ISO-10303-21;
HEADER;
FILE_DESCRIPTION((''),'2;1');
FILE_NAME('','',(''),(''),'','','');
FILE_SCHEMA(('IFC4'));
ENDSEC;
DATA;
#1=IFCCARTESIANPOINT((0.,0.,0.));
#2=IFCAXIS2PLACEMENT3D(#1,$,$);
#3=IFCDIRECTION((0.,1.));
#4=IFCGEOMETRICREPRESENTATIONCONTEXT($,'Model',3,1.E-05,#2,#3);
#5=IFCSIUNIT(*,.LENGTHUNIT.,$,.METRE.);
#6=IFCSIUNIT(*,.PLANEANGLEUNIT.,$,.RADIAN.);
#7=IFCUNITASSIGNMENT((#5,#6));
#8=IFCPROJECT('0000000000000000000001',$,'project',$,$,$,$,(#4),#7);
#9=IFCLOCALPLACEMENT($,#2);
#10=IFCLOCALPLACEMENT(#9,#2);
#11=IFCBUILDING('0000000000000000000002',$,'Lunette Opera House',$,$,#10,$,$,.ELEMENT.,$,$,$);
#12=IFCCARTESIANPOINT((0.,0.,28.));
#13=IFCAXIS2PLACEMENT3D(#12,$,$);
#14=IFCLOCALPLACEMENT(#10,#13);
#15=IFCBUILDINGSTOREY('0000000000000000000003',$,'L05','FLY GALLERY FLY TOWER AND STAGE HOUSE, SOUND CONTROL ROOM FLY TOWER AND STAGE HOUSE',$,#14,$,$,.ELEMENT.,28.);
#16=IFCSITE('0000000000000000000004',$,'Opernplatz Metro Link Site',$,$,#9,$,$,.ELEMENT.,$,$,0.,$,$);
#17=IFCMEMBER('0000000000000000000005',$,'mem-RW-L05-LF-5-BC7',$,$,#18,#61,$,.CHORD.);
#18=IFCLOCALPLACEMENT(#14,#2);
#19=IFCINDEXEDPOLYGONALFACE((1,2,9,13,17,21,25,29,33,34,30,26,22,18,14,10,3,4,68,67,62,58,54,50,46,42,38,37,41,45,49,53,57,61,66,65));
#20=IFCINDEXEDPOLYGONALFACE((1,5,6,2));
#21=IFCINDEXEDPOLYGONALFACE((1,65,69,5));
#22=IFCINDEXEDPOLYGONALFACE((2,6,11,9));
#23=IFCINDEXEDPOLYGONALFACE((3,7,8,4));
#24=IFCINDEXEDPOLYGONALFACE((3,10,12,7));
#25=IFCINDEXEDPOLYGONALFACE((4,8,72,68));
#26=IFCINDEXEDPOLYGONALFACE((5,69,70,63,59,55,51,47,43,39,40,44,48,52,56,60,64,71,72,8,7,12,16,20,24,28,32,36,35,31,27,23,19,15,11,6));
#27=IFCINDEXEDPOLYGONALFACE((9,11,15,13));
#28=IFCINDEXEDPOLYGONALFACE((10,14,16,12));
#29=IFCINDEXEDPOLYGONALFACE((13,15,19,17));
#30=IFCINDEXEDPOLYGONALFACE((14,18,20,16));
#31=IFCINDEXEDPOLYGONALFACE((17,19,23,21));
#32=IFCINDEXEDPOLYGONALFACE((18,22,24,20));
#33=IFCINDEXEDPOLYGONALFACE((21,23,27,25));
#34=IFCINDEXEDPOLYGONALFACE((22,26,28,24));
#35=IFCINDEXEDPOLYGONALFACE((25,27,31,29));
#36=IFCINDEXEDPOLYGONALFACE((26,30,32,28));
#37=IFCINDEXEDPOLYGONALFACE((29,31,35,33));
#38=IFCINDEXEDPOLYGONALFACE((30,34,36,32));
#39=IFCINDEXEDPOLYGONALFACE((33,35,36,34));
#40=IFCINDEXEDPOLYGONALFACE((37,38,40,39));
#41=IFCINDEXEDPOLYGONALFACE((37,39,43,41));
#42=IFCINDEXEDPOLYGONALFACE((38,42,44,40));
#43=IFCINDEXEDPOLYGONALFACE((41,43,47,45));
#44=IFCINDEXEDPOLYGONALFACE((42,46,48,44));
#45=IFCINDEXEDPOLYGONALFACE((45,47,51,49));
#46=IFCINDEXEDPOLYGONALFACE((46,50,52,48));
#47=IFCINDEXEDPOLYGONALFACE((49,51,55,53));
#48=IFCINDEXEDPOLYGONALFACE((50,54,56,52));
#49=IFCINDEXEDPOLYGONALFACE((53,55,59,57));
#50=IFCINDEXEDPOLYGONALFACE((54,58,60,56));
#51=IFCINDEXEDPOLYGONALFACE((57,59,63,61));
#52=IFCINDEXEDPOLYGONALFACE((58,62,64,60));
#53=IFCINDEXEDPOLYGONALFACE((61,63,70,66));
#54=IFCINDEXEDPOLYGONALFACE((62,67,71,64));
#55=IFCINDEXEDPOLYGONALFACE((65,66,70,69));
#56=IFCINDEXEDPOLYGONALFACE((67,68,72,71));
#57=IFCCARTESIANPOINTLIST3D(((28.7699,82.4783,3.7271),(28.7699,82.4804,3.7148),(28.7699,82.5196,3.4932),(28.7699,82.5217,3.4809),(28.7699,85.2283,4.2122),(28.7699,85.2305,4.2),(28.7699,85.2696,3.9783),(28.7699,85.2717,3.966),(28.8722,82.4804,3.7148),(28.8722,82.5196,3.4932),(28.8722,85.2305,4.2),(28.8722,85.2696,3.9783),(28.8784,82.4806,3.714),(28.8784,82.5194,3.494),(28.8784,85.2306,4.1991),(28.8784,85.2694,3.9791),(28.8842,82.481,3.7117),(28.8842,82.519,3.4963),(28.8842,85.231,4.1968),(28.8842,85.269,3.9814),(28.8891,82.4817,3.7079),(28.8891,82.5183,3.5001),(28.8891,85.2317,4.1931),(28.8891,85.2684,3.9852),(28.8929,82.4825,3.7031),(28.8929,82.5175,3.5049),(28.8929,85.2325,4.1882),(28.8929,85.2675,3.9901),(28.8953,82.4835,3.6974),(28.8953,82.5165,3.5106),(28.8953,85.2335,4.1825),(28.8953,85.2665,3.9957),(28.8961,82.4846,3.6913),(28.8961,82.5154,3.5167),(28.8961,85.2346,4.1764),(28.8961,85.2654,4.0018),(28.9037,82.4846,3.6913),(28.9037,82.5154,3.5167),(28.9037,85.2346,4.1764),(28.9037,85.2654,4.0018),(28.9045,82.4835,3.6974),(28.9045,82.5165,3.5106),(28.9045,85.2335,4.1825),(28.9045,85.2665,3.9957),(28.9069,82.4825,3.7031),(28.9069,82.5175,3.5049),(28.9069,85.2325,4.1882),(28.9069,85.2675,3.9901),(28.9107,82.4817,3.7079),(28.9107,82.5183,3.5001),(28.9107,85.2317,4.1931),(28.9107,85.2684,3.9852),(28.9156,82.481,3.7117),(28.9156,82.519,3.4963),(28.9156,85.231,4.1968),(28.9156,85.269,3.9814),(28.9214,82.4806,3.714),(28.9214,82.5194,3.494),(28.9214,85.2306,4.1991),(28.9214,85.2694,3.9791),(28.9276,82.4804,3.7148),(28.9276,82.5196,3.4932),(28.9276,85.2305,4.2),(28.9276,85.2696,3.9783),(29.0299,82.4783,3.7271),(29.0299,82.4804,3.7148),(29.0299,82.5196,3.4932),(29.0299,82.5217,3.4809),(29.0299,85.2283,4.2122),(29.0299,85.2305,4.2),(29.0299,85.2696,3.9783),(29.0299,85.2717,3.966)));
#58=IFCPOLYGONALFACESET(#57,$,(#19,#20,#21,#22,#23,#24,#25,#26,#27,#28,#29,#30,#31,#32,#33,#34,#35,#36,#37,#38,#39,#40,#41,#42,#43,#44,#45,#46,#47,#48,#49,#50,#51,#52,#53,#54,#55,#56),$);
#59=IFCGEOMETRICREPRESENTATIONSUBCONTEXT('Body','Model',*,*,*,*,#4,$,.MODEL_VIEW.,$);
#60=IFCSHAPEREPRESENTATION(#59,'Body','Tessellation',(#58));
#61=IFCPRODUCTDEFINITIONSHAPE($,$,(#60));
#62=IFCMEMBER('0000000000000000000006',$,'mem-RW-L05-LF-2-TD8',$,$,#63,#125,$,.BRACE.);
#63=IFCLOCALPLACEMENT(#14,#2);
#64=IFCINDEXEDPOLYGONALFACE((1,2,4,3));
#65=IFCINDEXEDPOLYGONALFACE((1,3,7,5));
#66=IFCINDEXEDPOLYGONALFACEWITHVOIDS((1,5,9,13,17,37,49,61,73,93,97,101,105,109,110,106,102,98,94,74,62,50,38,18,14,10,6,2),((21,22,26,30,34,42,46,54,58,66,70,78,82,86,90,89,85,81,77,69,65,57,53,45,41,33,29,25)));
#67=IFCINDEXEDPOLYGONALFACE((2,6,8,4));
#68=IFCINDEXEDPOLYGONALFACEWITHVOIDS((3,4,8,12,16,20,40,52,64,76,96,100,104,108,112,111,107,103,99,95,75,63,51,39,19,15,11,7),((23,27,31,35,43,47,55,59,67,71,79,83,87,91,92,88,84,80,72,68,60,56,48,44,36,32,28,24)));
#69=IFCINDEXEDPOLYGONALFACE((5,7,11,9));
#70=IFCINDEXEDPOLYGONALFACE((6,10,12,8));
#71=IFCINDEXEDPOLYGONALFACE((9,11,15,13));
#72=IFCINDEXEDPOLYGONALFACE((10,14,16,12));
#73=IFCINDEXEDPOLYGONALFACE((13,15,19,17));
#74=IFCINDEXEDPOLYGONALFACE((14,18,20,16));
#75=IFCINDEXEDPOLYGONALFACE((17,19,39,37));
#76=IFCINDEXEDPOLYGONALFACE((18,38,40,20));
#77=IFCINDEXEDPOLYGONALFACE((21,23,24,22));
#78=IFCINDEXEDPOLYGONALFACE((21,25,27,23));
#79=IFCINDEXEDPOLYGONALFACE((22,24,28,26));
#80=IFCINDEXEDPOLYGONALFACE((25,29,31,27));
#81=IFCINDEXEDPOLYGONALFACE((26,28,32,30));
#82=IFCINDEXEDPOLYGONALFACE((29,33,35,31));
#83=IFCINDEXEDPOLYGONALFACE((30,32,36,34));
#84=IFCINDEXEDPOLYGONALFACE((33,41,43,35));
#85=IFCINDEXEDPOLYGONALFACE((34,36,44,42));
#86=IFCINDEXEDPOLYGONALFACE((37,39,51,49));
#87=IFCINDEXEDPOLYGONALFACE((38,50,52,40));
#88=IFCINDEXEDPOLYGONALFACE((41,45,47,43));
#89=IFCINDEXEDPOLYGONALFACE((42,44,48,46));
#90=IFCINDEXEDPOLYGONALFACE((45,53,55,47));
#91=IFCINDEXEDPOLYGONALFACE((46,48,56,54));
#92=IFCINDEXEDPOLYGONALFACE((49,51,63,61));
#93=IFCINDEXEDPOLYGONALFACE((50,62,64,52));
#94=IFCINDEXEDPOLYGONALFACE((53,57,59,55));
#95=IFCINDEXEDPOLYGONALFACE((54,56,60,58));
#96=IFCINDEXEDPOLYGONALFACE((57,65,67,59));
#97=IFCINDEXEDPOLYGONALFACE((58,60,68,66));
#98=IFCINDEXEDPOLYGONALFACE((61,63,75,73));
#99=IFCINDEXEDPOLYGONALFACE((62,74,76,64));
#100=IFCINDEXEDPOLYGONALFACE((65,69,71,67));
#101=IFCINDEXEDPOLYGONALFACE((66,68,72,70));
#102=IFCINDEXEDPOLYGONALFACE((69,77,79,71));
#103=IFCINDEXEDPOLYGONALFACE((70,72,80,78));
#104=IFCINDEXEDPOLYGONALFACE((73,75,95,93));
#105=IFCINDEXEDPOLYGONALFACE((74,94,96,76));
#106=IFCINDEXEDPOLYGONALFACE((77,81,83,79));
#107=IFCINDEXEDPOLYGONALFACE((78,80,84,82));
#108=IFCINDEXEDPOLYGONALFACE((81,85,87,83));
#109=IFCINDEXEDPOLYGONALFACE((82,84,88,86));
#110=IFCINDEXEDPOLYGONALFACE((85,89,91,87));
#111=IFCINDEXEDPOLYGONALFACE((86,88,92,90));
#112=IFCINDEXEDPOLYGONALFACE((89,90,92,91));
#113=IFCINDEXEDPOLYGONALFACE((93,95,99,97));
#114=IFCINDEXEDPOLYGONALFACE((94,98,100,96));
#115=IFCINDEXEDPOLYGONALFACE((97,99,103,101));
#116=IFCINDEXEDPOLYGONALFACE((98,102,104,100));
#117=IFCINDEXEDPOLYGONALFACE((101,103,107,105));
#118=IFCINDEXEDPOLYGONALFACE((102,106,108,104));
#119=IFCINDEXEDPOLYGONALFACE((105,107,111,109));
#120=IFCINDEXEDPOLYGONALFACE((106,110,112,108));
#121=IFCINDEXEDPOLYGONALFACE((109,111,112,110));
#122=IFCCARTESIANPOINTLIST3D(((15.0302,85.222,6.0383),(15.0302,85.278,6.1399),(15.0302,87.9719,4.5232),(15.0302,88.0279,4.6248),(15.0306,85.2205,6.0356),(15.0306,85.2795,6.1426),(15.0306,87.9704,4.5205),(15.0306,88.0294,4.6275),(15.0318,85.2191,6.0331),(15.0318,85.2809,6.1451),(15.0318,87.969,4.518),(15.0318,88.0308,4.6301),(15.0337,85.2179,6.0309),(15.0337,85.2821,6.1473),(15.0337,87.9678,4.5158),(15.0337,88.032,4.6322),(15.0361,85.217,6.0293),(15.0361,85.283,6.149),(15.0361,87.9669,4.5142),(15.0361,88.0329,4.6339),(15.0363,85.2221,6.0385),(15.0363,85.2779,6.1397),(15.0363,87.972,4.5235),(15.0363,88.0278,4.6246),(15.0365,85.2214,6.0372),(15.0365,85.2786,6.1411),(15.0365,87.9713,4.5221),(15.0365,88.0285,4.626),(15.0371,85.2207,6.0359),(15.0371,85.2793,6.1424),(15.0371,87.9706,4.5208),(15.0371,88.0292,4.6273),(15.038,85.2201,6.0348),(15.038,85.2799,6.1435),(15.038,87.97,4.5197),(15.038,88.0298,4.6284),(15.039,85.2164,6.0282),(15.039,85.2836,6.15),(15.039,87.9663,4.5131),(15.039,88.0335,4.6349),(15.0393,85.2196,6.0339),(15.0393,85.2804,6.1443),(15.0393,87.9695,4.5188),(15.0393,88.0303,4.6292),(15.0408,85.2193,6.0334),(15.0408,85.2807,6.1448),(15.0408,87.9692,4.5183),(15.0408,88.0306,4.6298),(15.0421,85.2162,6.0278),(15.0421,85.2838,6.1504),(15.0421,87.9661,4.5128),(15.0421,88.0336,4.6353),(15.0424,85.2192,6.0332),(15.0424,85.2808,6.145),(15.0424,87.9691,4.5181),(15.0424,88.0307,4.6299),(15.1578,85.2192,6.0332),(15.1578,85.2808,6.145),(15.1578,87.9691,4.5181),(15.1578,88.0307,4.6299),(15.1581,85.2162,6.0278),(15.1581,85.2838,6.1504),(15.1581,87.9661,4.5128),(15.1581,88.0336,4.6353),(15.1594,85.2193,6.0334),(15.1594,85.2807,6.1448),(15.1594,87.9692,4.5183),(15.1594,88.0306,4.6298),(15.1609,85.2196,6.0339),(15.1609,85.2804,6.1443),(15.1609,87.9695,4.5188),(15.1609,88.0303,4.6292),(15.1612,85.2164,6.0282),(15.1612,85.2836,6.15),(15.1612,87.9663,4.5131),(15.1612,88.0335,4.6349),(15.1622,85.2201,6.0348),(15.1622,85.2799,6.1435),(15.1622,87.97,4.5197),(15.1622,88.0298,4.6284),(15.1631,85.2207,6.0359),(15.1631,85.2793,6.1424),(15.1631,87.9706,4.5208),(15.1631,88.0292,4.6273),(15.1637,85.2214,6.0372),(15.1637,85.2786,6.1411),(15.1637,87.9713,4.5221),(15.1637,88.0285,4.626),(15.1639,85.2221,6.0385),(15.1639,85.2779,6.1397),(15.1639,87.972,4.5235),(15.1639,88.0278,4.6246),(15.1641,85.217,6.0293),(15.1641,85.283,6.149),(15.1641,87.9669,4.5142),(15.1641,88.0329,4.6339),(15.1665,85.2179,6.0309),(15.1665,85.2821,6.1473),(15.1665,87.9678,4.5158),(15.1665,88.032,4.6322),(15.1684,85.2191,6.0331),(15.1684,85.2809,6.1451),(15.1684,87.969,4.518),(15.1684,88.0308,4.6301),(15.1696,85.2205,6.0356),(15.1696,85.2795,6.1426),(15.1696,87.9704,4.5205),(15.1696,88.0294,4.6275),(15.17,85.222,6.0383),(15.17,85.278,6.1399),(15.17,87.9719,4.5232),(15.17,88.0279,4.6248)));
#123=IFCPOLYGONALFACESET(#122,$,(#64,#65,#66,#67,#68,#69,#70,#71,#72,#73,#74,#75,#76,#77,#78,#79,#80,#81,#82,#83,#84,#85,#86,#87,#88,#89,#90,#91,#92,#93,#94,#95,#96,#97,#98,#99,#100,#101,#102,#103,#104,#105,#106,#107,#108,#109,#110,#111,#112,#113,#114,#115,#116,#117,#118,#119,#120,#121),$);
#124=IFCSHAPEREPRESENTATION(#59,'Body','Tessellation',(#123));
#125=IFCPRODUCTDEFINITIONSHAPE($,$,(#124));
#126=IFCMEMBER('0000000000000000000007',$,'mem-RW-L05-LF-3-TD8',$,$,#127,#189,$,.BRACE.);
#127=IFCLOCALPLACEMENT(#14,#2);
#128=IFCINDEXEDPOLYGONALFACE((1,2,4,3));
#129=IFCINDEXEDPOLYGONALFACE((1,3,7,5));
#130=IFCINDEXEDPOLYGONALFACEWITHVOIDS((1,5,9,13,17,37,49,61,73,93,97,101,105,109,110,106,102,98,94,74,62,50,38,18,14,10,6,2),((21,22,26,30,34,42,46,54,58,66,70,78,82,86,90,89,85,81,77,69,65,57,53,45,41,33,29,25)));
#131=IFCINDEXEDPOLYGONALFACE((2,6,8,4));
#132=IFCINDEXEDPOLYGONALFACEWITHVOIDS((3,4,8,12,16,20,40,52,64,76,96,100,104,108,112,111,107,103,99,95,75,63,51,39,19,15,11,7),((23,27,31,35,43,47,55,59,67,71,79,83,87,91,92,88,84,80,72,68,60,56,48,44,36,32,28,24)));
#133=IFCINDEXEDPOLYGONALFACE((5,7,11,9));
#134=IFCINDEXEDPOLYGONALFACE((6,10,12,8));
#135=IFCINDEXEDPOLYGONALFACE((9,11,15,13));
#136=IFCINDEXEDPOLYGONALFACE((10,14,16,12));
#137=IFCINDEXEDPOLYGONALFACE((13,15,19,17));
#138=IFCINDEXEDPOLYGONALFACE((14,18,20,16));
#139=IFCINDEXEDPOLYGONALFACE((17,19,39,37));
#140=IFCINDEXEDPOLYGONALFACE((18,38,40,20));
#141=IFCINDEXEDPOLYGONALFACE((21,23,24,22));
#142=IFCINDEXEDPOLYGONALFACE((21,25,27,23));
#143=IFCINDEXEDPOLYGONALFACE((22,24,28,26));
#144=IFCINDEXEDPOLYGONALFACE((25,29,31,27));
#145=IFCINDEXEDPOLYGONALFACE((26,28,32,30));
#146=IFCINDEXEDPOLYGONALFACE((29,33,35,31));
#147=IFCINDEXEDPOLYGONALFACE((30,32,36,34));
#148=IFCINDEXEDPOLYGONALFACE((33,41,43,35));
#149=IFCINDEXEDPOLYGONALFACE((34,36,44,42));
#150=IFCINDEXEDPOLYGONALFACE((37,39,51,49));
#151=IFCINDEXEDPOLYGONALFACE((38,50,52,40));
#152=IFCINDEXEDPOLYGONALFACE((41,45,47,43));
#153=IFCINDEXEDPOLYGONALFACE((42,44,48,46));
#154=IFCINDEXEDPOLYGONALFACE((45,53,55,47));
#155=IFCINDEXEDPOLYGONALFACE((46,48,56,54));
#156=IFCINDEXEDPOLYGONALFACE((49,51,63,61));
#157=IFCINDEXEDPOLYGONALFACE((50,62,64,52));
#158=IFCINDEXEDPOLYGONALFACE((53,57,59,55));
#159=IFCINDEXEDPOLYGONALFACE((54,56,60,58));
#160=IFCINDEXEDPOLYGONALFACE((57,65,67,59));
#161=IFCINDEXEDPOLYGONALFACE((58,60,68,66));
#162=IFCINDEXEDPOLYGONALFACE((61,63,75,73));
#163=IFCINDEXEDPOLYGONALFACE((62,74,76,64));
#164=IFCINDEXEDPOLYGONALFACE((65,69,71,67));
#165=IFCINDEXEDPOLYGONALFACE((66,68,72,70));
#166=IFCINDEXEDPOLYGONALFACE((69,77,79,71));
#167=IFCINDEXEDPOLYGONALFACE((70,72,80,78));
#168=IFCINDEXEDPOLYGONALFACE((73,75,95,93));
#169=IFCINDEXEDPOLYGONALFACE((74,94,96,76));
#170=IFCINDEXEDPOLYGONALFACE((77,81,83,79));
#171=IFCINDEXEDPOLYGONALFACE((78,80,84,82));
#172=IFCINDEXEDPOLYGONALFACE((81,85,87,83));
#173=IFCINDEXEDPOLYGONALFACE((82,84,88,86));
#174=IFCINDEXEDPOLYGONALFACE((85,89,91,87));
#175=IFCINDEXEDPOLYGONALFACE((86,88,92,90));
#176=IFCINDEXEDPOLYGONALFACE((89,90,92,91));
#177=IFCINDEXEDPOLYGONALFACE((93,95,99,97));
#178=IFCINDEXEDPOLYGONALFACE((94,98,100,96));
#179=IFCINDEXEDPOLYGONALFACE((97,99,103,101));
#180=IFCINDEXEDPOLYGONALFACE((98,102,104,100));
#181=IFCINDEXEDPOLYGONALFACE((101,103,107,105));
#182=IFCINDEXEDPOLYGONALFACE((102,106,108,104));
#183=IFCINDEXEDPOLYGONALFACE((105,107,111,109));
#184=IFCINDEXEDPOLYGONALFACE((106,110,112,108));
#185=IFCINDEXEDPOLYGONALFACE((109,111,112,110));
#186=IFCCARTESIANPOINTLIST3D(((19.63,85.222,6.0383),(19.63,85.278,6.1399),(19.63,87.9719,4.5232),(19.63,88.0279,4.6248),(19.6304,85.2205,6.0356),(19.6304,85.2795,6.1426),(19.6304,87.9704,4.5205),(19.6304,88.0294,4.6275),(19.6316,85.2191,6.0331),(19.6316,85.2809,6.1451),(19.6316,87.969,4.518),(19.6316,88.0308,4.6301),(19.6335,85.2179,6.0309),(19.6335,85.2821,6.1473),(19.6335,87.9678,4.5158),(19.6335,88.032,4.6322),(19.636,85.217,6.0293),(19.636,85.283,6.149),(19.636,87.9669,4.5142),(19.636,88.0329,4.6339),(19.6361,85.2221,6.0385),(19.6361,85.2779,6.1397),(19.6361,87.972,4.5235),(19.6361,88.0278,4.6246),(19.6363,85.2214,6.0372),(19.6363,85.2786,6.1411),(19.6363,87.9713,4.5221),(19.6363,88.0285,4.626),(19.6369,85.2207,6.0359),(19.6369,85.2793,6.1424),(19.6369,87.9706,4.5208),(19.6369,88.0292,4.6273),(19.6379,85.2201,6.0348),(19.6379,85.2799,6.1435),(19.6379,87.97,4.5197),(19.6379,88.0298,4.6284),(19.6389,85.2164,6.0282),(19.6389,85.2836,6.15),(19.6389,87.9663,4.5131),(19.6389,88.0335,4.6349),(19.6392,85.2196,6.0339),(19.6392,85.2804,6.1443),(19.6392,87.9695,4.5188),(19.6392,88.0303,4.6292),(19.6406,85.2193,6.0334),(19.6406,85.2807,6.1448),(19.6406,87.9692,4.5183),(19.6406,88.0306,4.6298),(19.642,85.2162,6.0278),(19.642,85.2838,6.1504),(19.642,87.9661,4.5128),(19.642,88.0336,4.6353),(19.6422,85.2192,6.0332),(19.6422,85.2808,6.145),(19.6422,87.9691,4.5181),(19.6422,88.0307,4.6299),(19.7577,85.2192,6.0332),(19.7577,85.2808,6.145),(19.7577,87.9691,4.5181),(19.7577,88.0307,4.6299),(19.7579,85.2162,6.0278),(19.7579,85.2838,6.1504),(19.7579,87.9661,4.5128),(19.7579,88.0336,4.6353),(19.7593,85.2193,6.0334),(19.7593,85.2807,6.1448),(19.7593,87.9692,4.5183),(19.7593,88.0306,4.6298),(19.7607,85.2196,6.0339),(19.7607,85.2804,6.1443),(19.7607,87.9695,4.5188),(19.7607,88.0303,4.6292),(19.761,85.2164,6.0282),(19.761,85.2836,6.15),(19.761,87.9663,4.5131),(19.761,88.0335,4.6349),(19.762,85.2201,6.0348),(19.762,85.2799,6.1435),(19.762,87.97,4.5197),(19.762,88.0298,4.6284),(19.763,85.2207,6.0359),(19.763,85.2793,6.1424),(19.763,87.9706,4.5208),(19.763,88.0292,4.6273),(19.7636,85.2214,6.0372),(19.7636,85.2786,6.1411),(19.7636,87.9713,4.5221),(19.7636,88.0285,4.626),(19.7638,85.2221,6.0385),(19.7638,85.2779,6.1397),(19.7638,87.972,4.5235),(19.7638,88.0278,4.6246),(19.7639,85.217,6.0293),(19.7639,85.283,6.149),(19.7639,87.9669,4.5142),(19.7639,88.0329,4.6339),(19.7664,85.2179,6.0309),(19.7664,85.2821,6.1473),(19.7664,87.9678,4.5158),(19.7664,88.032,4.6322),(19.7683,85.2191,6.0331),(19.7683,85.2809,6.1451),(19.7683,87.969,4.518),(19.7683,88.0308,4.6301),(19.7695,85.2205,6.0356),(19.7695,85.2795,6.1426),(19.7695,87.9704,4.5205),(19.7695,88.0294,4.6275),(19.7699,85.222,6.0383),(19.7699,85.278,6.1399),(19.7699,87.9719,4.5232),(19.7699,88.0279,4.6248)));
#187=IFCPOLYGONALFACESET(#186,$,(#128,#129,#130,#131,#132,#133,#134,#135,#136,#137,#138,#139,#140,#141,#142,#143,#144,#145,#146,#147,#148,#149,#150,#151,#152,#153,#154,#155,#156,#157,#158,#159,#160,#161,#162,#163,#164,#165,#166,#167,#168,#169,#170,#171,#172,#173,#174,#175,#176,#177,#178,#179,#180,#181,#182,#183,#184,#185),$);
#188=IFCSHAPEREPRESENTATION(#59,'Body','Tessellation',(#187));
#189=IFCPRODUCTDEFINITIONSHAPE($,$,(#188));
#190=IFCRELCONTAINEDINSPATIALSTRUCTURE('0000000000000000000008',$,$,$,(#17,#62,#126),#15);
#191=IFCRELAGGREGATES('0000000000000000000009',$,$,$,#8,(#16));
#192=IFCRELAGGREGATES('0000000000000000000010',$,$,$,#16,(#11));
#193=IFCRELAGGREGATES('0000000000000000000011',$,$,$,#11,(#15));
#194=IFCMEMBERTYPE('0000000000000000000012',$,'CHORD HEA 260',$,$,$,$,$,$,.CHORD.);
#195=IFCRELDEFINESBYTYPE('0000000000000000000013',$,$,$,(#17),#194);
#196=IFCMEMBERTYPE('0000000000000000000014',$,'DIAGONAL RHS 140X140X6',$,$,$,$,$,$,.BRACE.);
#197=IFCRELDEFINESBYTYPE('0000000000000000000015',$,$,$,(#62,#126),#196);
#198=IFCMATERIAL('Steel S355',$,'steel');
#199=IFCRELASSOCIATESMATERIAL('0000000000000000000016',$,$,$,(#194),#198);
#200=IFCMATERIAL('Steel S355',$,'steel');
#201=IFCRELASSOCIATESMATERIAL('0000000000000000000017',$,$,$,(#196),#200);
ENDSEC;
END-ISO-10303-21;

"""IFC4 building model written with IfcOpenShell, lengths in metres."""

from ifc_helpers import new_model, si_unit, direction, frame, origin, origin_2d, place, context, subcontext, project, spatial, hollow_rectangle, i_section, extrude, material, material_profile, profile_set, type_object, element, save


model = new_model("IFC4")

# Units and contexts
model_context = context("Model", 3, precision=1e-05, world=origin(), true_north=direction((0.0, 1.0)))
body_context = subcontext(model_context, "Body", "Model", "MODEL_VIEW")
ifc_project = project(units=[si_unit("LENGTHUNIT", "METRE"), si_unit("PLANEANGLEUNIT", "RADIAN")], contexts=[model_context])

# Site, building, storey
site_placement = place(None, origin())
site = spatial("IfcSite", under=ifc_project, at=site_placement, Name="Opernplatz Metro Link Site", CompositionType="ELEMENT", RefElevation=0.0)
building_placement = place(site_placement, origin())
building = spatial("IfcBuilding", under=site, at=building_placement, Name="Lunette Opera House", CompositionType="ELEMENT")
storey_placement = place(building_placement, frame((0.0, 0.0, 28.0)))
storey = spatial("IfcBuildingStorey", under=building, at=storey_placement, Name="L05", Description="FLY GALLERY FLY TOWER AND STAGE HOUSE, SOUND CONTROL ROOM FLY TOWER AND STAGE HOUSE", CompositionType="ELEMENT", Elevation=28.0)

# Members
ifc_material_1 = material(Name="Steel S355", Category="steel")
ifc_material_profile_1 = material_profile(ifc_material_1, i_section(OverallWidth=0.26, OverallDepth=0.25, WebThickness=0.0076, FlangeThickness=0.0125, FilletRadius=0.0239, at=origin_2d()), Name="HEA 260")
ifc_profile_set_1 = profile_set([ifc_material_profile_1], Name="Steel S355")
member_type_1 = type_object("IfcMemberType", Name="CHORD HEA 260", PredefinedType="CHORD", material=ifc_profile_set_1)
for number, where, z_axis, x_axis, name in (
    (1, (28.8999, 82.5, 3.604), (0.0, 0.984795, 0.17372), (-1.0, 0.0, 0.0), "mem-RW-L05-LF-5-BC7"),
):
    element("IfcMember", number, at=place(storey_placement, frame(where, z_axis=z_axis, x_axis=x_axis)), inside=storey, type_object=member_type_1, Name=name, PredefinedType="CHORD", context=body_context, shape_type="SweptSolid", body=[
        extrude(i_section(OverallWidth=0.26, OverallDepth=0.25, WebThickness=0.0076, FlangeThickness=0.0125, FilletRadius=0.0239, at=origin_2d()), origin(), (0.0, 0.0, 1.0), 2.7925),
    ])
ifc_material_2 = material(Name="Steel S355", Category="steel")
ifc_material_profile_2 = material_profile(ifc_material_2, hollow_rectangle(XDim=0.1399, YDim=0.1399, WallThickness=0.0061, InnerFilletRadius=0.0061, OuterFilletRadius=0.012, at=origin_2d()), Name="RHS 140X140X6")
ifc_profile_set_2 = profile_set([ifc_material_profile_2], Name="Steel S355")
member_type_2 = type_object("IfcMemberType", Name="DIAGONAL RHS 140X140X6", PredefinedType="BRACE", material=ifc_profile_set_2)
for number, where, z_axis, x_axis, name in (
    (2, (15.1001, 85.25, 6.0891), (0.0, 0.875861, -0.482563), (-1.0, 0.0, 0.0), "mem-RW-L05-LF-2-TD8"),
    (3, (19.7, 85.25, 6.0891), (0.0, 0.875861, -0.482563), (-1.0, 0.0, 0.0), "mem-RW-L05-LF-3-TD8"),
):
    element("IfcMember", number, at=place(storey_placement, frame(where, z_axis=z_axis, x_axis=x_axis)), inside=storey, type_object=member_type_2, Name=name, PredefinedType="BRACE", context=body_context, shape_type="SweptSolid", body=[
        extrude(hollow_rectangle(XDim=0.1399, YDim=0.1399, WallThickness=0.0061, InnerFilletRadius=0.0061, OuterFilletRadius=0.012, at=origin_2d()), origin(), (0.0, 0.0, 1.0), 3.1396),
    ])

save(model, "model.ifc")
